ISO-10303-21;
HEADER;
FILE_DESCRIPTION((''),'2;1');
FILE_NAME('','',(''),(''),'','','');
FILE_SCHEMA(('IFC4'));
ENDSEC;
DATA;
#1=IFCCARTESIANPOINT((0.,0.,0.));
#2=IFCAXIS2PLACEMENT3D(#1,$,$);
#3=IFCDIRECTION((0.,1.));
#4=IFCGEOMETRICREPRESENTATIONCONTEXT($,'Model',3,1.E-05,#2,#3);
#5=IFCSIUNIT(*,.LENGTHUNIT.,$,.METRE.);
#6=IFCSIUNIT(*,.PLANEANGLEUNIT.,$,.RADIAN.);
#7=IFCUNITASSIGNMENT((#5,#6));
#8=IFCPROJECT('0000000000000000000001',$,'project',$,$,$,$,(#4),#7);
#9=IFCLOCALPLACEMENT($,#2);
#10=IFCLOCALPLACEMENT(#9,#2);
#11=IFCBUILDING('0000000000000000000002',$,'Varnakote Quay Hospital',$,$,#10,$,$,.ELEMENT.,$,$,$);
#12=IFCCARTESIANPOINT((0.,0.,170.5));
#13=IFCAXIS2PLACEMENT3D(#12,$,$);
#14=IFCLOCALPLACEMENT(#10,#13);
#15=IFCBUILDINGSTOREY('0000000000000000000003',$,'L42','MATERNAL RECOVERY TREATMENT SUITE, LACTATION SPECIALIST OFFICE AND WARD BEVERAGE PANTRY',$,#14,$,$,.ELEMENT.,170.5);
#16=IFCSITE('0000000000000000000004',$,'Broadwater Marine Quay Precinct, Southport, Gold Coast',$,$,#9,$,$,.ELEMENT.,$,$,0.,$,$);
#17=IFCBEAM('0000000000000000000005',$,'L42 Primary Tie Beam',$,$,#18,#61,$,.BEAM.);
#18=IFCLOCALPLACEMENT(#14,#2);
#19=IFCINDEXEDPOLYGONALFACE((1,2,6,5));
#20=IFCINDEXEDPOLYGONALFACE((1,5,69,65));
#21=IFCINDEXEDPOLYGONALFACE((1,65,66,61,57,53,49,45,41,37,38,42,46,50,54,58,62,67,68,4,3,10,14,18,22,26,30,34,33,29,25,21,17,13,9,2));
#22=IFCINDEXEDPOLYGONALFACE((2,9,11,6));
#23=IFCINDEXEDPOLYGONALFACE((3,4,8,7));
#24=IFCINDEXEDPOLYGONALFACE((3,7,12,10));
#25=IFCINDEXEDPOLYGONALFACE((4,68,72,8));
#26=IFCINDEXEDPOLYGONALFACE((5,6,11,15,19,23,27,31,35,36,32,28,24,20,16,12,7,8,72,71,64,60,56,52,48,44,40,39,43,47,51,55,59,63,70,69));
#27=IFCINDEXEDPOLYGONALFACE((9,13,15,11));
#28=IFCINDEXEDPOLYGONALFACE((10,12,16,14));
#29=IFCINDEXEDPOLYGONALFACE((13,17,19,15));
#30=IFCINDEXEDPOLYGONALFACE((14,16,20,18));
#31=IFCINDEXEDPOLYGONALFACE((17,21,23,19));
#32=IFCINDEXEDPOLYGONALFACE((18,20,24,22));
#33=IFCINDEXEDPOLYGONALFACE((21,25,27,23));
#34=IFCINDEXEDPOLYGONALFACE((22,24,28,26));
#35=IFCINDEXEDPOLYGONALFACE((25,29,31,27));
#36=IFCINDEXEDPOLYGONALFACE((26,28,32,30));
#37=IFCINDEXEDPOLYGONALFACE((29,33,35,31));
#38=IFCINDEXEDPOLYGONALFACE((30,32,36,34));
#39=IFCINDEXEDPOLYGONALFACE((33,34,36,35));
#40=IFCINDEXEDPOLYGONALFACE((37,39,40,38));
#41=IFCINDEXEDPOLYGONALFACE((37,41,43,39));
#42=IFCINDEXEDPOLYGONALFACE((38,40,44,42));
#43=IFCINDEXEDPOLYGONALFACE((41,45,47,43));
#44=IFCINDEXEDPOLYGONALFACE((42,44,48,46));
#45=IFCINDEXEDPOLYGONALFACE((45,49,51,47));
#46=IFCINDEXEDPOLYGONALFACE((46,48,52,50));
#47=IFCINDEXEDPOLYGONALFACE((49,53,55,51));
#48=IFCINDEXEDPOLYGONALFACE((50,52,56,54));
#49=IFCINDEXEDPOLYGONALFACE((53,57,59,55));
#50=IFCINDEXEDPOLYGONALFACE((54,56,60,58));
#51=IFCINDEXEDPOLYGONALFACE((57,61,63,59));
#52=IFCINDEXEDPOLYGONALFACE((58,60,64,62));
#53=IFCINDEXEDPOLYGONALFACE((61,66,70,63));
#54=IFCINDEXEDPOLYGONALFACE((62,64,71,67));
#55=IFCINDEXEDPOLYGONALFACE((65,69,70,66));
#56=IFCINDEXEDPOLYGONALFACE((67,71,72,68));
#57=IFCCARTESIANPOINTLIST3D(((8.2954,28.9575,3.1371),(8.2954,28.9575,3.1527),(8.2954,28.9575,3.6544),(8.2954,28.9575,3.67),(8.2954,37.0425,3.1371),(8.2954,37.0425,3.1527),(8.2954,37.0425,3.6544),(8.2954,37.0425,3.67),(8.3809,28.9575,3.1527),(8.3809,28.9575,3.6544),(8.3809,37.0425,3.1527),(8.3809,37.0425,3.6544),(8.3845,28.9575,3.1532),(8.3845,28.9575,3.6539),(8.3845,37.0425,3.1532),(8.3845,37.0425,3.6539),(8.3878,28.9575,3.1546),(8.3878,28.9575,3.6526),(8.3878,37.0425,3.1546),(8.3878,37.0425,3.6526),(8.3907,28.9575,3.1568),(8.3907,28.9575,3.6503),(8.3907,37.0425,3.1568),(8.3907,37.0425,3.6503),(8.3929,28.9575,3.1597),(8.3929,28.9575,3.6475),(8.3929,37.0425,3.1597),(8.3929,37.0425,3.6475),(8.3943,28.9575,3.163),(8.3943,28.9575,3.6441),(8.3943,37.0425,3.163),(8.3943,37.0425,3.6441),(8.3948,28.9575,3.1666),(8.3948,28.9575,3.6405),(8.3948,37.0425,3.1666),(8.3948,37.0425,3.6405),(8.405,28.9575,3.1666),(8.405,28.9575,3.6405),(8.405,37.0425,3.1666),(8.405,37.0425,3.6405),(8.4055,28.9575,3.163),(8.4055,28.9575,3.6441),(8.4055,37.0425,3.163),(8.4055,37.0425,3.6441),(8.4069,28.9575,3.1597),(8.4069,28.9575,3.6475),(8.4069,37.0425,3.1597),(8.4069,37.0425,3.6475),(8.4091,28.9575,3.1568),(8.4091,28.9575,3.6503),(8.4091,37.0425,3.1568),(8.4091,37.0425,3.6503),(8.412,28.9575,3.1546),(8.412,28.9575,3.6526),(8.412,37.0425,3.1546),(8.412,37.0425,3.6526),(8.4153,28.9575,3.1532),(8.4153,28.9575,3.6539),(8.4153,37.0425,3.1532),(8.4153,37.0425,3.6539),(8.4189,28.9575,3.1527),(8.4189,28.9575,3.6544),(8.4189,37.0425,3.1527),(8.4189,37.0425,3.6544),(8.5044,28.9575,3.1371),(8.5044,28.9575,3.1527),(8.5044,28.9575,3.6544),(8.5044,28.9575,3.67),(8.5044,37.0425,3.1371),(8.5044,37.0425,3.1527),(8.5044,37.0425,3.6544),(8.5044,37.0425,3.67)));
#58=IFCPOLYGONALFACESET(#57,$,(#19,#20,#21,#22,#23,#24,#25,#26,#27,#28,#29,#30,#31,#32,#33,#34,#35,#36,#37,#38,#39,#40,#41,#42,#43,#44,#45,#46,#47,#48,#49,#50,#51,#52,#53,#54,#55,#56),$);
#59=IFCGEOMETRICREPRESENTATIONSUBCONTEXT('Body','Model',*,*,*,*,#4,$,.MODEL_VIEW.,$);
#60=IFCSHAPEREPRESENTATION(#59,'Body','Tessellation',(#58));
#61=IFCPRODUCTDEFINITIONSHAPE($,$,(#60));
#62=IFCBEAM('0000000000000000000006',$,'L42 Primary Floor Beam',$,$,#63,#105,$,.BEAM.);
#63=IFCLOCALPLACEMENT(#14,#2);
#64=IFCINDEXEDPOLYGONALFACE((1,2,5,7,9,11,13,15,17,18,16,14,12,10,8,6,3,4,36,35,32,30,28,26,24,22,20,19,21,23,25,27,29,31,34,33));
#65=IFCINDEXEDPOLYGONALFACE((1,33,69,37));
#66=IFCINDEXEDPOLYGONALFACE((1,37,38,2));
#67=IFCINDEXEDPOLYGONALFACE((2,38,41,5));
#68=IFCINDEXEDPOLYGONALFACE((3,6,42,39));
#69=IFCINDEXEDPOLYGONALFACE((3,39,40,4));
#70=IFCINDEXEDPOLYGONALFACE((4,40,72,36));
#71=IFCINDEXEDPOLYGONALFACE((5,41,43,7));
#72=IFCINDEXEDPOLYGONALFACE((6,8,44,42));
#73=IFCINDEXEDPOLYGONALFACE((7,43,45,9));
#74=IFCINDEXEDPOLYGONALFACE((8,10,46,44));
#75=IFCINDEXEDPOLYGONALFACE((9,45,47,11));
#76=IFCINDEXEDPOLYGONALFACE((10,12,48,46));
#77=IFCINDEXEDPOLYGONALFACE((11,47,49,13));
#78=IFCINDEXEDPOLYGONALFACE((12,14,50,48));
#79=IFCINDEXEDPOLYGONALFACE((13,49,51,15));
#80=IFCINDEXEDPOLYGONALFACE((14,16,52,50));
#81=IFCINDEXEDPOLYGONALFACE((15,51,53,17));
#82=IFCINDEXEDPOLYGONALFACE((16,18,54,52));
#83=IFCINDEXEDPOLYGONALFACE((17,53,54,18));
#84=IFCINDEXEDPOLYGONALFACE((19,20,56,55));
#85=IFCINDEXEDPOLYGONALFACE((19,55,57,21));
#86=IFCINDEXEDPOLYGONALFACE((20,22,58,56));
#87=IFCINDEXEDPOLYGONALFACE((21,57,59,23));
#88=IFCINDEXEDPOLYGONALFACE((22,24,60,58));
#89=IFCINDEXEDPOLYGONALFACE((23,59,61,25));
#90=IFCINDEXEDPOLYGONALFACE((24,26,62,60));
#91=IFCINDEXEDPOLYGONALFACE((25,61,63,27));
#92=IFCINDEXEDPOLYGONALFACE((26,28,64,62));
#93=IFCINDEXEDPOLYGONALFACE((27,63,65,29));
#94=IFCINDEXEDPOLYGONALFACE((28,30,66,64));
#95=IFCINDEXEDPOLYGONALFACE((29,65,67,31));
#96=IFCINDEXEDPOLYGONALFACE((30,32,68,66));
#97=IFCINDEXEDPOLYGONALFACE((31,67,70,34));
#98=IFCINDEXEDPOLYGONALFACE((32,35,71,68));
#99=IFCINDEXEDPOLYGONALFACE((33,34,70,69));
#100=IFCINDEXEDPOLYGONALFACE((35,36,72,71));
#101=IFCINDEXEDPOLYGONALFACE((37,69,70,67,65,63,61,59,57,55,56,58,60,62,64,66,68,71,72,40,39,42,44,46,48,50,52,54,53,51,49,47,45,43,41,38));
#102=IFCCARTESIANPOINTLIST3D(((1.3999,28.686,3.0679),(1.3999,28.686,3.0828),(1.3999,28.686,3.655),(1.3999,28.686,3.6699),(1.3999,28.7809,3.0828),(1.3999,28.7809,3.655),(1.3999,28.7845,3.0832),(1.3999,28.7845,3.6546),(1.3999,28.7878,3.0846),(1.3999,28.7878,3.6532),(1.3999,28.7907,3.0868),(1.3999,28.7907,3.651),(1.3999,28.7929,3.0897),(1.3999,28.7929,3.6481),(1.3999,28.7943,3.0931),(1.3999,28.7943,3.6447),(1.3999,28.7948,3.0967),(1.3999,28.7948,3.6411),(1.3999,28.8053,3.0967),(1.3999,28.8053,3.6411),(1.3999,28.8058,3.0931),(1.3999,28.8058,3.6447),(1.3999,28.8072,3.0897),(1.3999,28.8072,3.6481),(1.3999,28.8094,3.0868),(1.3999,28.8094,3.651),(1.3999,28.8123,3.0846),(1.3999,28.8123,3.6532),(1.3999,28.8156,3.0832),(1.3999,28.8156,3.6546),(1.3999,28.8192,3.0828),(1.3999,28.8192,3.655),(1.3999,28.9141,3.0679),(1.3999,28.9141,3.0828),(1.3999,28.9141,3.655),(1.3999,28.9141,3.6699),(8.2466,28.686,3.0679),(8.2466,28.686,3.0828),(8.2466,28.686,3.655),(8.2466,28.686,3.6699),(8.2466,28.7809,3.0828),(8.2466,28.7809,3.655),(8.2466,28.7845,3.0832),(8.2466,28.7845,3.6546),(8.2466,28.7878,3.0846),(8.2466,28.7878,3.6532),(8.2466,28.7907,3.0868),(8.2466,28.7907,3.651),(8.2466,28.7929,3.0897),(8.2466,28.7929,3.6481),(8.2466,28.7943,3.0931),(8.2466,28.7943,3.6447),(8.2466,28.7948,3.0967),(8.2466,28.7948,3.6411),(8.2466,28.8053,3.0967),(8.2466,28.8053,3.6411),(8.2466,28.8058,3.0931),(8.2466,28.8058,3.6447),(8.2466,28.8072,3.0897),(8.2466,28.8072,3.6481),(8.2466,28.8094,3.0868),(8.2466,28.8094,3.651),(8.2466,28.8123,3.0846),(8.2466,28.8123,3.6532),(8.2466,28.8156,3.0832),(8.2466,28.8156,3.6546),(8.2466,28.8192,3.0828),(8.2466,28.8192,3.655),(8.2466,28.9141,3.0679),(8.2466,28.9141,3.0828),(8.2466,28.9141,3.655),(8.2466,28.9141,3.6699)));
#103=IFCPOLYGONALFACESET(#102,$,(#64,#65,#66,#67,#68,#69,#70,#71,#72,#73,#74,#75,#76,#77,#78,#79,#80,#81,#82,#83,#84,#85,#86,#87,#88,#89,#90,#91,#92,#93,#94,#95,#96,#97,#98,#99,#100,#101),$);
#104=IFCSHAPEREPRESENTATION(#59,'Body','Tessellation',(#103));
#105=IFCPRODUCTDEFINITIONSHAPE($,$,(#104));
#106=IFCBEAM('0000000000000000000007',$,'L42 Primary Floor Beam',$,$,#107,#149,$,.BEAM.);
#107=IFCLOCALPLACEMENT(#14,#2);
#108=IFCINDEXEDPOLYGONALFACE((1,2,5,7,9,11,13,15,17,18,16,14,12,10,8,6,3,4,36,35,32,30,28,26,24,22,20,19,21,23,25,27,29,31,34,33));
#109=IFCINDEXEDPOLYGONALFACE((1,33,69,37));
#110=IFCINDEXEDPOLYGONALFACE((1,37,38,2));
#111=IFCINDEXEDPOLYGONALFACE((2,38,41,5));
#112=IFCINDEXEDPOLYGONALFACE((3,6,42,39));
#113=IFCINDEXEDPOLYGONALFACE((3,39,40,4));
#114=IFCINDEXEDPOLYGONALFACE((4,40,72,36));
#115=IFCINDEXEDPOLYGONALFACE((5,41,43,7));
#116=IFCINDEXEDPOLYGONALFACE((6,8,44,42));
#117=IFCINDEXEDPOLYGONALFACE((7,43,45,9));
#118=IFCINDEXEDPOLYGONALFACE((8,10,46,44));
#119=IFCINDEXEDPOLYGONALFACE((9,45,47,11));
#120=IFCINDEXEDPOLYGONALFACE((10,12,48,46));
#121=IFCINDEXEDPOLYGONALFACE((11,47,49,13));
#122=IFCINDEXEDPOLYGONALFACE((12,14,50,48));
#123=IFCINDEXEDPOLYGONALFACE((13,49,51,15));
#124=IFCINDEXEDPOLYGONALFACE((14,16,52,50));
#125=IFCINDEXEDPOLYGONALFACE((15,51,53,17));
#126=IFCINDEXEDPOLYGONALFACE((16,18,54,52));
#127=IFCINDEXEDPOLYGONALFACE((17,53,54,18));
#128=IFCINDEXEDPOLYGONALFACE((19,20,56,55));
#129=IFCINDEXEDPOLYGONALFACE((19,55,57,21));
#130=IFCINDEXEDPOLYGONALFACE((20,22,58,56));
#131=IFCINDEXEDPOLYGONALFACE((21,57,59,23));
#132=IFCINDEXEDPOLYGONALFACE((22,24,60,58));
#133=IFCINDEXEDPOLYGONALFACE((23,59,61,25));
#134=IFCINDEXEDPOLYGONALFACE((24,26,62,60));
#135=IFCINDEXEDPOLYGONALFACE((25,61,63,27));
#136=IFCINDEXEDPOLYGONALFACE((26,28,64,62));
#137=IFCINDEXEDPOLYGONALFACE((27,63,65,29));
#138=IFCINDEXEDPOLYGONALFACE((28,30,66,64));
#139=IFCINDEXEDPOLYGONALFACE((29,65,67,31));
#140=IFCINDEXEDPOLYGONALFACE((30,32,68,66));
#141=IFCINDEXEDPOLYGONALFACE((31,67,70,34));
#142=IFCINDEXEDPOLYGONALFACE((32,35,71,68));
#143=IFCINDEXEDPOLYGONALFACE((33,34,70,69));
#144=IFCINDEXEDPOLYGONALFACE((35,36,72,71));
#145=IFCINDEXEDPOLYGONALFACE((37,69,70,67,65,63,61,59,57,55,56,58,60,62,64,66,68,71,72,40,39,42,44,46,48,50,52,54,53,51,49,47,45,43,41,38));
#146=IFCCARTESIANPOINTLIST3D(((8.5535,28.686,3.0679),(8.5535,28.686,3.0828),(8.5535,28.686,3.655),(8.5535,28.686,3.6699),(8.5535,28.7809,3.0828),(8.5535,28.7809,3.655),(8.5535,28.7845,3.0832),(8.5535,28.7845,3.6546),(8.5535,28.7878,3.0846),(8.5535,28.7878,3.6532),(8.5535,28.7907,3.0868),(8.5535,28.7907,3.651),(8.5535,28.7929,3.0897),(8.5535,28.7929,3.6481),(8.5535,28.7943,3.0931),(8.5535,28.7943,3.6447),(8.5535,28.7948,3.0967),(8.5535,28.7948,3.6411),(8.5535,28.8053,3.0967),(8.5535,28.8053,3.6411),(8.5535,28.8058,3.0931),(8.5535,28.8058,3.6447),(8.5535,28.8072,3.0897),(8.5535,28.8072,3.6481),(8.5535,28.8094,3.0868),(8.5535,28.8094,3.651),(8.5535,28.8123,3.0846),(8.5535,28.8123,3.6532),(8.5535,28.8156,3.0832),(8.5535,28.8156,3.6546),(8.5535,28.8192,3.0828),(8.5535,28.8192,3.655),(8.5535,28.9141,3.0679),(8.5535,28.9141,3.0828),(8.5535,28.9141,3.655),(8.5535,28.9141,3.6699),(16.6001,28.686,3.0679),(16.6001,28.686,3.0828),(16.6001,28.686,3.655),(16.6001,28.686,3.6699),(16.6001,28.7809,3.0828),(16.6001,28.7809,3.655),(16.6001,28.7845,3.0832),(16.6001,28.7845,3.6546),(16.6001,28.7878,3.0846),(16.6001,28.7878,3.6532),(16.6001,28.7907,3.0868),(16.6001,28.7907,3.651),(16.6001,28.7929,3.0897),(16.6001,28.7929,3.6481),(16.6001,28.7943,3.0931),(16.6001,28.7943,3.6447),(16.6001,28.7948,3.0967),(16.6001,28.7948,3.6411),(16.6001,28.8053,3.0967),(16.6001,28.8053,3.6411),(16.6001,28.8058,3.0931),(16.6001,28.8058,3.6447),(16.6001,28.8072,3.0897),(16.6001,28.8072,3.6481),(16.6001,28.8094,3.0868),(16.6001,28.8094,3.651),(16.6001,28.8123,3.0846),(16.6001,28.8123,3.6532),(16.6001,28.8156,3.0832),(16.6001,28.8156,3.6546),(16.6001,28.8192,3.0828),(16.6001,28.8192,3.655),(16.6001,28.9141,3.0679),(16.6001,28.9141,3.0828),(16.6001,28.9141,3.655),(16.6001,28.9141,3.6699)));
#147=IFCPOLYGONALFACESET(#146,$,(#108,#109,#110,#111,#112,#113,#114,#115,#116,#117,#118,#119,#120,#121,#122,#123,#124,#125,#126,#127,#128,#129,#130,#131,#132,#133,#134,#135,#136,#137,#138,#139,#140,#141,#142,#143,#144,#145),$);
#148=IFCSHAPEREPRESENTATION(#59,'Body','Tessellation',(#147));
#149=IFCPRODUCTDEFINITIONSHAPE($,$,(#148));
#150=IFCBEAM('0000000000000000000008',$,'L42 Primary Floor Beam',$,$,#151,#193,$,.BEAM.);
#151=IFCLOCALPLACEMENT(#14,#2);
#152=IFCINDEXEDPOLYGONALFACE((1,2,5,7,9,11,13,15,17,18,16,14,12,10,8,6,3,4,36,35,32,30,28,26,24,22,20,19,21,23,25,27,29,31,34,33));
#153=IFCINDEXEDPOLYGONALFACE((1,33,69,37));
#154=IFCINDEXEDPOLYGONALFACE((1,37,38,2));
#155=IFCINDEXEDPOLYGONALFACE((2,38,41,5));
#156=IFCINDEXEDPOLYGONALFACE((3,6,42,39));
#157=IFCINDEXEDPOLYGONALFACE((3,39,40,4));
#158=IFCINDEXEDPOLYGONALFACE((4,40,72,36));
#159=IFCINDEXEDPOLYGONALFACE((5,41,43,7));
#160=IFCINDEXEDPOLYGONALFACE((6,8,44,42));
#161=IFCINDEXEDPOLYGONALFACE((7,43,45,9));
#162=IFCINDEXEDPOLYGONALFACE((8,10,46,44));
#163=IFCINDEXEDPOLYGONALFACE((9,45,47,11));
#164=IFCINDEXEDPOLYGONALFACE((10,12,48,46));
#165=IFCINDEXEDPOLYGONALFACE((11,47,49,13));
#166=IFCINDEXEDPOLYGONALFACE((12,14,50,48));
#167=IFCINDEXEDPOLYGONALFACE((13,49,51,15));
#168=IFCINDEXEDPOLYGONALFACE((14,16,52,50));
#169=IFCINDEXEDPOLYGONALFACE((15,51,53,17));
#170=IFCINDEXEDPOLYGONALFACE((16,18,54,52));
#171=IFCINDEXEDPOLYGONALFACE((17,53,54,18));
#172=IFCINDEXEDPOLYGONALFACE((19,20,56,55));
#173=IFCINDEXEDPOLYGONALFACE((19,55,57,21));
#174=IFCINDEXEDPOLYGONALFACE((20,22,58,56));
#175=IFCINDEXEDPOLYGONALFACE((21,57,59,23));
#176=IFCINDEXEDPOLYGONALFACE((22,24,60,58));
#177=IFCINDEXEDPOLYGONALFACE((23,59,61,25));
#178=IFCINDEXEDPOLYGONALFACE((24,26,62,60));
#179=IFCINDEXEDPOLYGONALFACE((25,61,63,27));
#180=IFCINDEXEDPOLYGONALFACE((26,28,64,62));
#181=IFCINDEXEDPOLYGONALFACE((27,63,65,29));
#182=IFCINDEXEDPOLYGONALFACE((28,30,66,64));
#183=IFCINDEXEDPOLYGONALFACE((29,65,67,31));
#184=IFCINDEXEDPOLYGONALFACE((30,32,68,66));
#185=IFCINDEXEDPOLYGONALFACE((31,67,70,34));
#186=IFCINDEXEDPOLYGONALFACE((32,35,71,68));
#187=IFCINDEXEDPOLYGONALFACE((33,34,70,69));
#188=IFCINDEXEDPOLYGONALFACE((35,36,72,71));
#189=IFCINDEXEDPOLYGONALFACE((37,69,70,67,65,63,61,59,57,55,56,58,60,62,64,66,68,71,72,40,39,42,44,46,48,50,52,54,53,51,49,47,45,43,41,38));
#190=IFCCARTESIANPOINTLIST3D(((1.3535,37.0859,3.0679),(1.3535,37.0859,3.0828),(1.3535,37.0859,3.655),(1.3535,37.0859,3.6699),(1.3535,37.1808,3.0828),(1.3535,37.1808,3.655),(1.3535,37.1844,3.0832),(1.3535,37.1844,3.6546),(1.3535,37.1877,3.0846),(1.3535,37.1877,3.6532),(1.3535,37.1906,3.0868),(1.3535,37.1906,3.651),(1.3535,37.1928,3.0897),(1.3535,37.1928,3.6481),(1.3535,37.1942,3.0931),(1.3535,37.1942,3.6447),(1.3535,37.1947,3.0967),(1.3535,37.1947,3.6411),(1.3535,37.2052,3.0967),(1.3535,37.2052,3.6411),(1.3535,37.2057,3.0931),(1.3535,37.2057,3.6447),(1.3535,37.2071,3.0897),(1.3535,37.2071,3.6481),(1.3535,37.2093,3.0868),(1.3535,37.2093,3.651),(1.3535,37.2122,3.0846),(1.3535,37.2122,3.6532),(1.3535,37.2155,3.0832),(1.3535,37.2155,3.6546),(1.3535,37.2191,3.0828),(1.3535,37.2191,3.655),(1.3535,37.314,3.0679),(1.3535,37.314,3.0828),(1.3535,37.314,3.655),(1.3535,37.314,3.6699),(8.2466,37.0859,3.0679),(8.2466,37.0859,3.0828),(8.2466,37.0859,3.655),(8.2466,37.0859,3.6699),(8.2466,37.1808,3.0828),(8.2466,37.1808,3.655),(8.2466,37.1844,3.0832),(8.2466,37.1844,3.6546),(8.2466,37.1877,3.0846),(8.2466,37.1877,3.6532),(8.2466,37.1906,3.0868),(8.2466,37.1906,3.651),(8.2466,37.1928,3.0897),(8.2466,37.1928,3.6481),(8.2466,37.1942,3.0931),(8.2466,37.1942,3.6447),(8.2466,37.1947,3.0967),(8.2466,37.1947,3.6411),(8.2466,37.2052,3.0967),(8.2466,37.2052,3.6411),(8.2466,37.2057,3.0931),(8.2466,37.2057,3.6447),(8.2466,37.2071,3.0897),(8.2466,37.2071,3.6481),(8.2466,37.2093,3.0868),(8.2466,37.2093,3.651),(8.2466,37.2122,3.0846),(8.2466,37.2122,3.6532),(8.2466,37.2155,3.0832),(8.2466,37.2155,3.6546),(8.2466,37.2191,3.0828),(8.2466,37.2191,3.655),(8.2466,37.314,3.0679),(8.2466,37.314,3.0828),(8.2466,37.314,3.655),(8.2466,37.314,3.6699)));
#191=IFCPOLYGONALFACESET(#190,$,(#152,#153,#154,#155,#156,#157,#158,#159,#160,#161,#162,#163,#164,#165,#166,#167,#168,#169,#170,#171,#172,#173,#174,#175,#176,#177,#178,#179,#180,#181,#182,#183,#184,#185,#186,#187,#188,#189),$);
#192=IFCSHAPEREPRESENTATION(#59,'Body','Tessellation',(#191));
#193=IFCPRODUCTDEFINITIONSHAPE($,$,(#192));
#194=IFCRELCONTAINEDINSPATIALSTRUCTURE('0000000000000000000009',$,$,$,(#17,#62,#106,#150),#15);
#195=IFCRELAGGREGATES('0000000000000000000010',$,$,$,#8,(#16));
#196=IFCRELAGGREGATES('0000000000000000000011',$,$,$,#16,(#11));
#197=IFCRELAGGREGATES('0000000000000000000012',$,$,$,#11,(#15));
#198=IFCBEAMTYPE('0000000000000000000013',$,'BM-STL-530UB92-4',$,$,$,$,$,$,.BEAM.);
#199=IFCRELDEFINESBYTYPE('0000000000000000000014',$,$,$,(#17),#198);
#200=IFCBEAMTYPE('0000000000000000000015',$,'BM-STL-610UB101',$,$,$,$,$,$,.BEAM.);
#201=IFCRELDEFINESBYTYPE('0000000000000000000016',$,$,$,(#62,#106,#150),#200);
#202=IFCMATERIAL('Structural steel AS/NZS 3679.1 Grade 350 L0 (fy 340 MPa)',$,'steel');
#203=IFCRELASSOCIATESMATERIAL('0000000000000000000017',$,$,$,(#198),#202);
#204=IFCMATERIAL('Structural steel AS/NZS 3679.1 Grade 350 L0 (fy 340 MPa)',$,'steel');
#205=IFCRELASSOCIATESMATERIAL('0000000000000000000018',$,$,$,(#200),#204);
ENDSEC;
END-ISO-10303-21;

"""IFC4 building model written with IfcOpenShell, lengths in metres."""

from ifc_helpers import new_model, si_unit, direction, frame, origin, origin_2d, place, context, subcontext, project, spatial, i_section, extrude, material, material_profile, profile_set, type_object, element, save


model = new_model("IFC4")

# Units and contexts
model_context = context("Model", 3, precision=1e-05, world=origin(), true_north=direction((0.0, 1.0)))
body_context = subcontext(model_context, "Body", "Model", "MODEL_VIEW")
ifc_project = project(units=[si_unit("LENGTHUNIT", "METRE"), si_unit("PLANEANGLEUNIT", "RADIAN")], contexts=[model_context])

# Site, building, storey
site_placement = place(None, origin())
site = spatial("IfcSite", under=ifc_project, at=site_placement, Name="Broadwater Marine Quay Precinct, Southport, Gold Coast", CompositionType="ELEMENT", RefElevation=0.0)
building_placement = place(site_placement, origin())
building = spatial("IfcBuilding", under=site, at=building_placement, Name="Varnakote Quay Hospital", CompositionType="ELEMENT")
storey_placement = place(building_placement, frame((0.0, 0.0, 170.5)))
storey = spatial("IfcBuildingStorey", under=building, at=storey_placement, Name="L42", Description="MATERNAL RECOVERY TREATMENT SUITE, LACTATION SPECIALIST OFFICE AND WARD BEVERAGE PANTRY", CompositionType="ELEMENT", Elevation=170.5)

# Beams
ifc_material_1 = material(Name="Structural steel AS/NZS 3679.1 Grade 350 L0 (fy 340 MPa)", Category="steel")
ifc_material_profile_1 = material_profile(ifc_material_1, i_section(OverallWidth=0.209, OverallDepth=0.533, WebThickness=0.0103, FlangeThickness=0.0156, FilletRadius=0.0139, at=origin_2d()), Name="530UB92.4")
ifc_profile_set_1 = profile_set([ifc_material_profile_1], Name="Structural steel AS/NZS 3679.1 Grade 350 L0 (fy 340 MPa)")
beam_type_1 = type_object("IfcBeamType", Name="BM-STL-530UB92-4", PredefinedType="BEAM", material=ifc_profile_set_1)
beam_1_placement = place(storey_placement, frame((8.3999, 28.9575, 3.4036), z_axis=(0.0, 1.0, 0.0), x_axis=(-1.0, 0.0, 0.0)))
element("IfcBeam", 1, at=beam_1_placement, inside=storey, type_object=beam_type_1, Name="L42 Primary Tie Beam", PredefinedType="BEAM", context=body_context, shape_type="SweptSolid", body=[
    extrude(i_section(OverallWidth=0.209, OverallDepth=0.533, WebThickness=0.0103, FlangeThickness=0.0156, FilletRadius=0.0139, at=origin_2d()), origin(), (0.0, 0.0, 1.0), 8.085),
])
ifc_material_2 = material(Name="Structural steel AS/NZS 3679.1 Grade 350 L0 (fy 340 MPa)", Category="steel")
ifc_material_profile_2 = material_profile(ifc_material_2, i_section(OverallWidth=0.228, OverallDepth=0.6021, WebThickness=0.0105, FlangeThickness=0.0149, FilletRadius=0.0139, at=origin_2d()), Name="610UB101")
ifc_profile_set_2 = profile_set([ifc_material_profile_2], Name="Structural steel AS/NZS 3679.1 Grade 350 L0 (fy 340 MPa)")
beam_type_2 = type_object("IfcBeamType", Name="BM-STL-610UB101", PredefinedType="BEAM", material=ifc_profile_set_2)
beam_2_placement = place(storey_placement, frame((1.3999, 28.8, 3.3689), z_axis=(1.0, 0.0, 0.0), x_axis=(0.0, 1.0, 0.0)))
element("IfcBeam", 2, at=beam_2_placement, inside=storey, type_object=beam_type_2, Name="L42 Primary Floor Beam", PredefinedType="BEAM", context=body_context, shape_type="SweptSolid", body=[
    extrude(i_section(OverallWidth=0.228, OverallDepth=0.6021, WebThickness=0.0105, FlangeThickness=0.0149, FilletRadius=0.0139, at=origin_2d()), origin(), (0.0, 0.0, 1.0), 6.8467),
])
beam_3_placement = place(storey_placement, frame((8.5535, 28.8, 3.3689), z_axis=(1.0, 0.0, 0.0), x_axis=(0.0, 1.0, 0.0)))
element("IfcBeam", 3, at=beam_3_placement, inside=storey, type_object=beam_type_2, Name="L42 Primary Floor Beam", PredefinedType="BEAM", context=body_context, shape_type="SweptSolid", body=[
    extrude(i_section(OverallWidth=0.228, OverallDepth=0.6021, WebThickness=0.0105, FlangeThickness=0.0149, FilletRadius=0.0139, at=origin_2d()), origin(), (0.0, 0.0, 1.0), 8.0466),
])
beam_4_placement = place(storey_placement, frame((1.3535, 37.2, 3.3689), z_axis=(1.0, 0.0, 0.0), x_axis=(0.0, 1.0, 0.0)))
element("IfcBeam", 4, at=beam_4_placement, inside=storey, type_object=beam_type_2, Name="L42 Primary Floor Beam", PredefinedType="BEAM", context=body_context, shape_type="SweptSolid", body=[
    extrude(i_section(OverallWidth=0.228, OverallDepth=0.6021, WebThickness=0.0105, FlangeThickness=0.0149, FilletRadius=0.0139, at=origin_2d()), origin(), (0.0, 0.0, 1.0), 6.8931),
])

save(model, "model.ifc")
